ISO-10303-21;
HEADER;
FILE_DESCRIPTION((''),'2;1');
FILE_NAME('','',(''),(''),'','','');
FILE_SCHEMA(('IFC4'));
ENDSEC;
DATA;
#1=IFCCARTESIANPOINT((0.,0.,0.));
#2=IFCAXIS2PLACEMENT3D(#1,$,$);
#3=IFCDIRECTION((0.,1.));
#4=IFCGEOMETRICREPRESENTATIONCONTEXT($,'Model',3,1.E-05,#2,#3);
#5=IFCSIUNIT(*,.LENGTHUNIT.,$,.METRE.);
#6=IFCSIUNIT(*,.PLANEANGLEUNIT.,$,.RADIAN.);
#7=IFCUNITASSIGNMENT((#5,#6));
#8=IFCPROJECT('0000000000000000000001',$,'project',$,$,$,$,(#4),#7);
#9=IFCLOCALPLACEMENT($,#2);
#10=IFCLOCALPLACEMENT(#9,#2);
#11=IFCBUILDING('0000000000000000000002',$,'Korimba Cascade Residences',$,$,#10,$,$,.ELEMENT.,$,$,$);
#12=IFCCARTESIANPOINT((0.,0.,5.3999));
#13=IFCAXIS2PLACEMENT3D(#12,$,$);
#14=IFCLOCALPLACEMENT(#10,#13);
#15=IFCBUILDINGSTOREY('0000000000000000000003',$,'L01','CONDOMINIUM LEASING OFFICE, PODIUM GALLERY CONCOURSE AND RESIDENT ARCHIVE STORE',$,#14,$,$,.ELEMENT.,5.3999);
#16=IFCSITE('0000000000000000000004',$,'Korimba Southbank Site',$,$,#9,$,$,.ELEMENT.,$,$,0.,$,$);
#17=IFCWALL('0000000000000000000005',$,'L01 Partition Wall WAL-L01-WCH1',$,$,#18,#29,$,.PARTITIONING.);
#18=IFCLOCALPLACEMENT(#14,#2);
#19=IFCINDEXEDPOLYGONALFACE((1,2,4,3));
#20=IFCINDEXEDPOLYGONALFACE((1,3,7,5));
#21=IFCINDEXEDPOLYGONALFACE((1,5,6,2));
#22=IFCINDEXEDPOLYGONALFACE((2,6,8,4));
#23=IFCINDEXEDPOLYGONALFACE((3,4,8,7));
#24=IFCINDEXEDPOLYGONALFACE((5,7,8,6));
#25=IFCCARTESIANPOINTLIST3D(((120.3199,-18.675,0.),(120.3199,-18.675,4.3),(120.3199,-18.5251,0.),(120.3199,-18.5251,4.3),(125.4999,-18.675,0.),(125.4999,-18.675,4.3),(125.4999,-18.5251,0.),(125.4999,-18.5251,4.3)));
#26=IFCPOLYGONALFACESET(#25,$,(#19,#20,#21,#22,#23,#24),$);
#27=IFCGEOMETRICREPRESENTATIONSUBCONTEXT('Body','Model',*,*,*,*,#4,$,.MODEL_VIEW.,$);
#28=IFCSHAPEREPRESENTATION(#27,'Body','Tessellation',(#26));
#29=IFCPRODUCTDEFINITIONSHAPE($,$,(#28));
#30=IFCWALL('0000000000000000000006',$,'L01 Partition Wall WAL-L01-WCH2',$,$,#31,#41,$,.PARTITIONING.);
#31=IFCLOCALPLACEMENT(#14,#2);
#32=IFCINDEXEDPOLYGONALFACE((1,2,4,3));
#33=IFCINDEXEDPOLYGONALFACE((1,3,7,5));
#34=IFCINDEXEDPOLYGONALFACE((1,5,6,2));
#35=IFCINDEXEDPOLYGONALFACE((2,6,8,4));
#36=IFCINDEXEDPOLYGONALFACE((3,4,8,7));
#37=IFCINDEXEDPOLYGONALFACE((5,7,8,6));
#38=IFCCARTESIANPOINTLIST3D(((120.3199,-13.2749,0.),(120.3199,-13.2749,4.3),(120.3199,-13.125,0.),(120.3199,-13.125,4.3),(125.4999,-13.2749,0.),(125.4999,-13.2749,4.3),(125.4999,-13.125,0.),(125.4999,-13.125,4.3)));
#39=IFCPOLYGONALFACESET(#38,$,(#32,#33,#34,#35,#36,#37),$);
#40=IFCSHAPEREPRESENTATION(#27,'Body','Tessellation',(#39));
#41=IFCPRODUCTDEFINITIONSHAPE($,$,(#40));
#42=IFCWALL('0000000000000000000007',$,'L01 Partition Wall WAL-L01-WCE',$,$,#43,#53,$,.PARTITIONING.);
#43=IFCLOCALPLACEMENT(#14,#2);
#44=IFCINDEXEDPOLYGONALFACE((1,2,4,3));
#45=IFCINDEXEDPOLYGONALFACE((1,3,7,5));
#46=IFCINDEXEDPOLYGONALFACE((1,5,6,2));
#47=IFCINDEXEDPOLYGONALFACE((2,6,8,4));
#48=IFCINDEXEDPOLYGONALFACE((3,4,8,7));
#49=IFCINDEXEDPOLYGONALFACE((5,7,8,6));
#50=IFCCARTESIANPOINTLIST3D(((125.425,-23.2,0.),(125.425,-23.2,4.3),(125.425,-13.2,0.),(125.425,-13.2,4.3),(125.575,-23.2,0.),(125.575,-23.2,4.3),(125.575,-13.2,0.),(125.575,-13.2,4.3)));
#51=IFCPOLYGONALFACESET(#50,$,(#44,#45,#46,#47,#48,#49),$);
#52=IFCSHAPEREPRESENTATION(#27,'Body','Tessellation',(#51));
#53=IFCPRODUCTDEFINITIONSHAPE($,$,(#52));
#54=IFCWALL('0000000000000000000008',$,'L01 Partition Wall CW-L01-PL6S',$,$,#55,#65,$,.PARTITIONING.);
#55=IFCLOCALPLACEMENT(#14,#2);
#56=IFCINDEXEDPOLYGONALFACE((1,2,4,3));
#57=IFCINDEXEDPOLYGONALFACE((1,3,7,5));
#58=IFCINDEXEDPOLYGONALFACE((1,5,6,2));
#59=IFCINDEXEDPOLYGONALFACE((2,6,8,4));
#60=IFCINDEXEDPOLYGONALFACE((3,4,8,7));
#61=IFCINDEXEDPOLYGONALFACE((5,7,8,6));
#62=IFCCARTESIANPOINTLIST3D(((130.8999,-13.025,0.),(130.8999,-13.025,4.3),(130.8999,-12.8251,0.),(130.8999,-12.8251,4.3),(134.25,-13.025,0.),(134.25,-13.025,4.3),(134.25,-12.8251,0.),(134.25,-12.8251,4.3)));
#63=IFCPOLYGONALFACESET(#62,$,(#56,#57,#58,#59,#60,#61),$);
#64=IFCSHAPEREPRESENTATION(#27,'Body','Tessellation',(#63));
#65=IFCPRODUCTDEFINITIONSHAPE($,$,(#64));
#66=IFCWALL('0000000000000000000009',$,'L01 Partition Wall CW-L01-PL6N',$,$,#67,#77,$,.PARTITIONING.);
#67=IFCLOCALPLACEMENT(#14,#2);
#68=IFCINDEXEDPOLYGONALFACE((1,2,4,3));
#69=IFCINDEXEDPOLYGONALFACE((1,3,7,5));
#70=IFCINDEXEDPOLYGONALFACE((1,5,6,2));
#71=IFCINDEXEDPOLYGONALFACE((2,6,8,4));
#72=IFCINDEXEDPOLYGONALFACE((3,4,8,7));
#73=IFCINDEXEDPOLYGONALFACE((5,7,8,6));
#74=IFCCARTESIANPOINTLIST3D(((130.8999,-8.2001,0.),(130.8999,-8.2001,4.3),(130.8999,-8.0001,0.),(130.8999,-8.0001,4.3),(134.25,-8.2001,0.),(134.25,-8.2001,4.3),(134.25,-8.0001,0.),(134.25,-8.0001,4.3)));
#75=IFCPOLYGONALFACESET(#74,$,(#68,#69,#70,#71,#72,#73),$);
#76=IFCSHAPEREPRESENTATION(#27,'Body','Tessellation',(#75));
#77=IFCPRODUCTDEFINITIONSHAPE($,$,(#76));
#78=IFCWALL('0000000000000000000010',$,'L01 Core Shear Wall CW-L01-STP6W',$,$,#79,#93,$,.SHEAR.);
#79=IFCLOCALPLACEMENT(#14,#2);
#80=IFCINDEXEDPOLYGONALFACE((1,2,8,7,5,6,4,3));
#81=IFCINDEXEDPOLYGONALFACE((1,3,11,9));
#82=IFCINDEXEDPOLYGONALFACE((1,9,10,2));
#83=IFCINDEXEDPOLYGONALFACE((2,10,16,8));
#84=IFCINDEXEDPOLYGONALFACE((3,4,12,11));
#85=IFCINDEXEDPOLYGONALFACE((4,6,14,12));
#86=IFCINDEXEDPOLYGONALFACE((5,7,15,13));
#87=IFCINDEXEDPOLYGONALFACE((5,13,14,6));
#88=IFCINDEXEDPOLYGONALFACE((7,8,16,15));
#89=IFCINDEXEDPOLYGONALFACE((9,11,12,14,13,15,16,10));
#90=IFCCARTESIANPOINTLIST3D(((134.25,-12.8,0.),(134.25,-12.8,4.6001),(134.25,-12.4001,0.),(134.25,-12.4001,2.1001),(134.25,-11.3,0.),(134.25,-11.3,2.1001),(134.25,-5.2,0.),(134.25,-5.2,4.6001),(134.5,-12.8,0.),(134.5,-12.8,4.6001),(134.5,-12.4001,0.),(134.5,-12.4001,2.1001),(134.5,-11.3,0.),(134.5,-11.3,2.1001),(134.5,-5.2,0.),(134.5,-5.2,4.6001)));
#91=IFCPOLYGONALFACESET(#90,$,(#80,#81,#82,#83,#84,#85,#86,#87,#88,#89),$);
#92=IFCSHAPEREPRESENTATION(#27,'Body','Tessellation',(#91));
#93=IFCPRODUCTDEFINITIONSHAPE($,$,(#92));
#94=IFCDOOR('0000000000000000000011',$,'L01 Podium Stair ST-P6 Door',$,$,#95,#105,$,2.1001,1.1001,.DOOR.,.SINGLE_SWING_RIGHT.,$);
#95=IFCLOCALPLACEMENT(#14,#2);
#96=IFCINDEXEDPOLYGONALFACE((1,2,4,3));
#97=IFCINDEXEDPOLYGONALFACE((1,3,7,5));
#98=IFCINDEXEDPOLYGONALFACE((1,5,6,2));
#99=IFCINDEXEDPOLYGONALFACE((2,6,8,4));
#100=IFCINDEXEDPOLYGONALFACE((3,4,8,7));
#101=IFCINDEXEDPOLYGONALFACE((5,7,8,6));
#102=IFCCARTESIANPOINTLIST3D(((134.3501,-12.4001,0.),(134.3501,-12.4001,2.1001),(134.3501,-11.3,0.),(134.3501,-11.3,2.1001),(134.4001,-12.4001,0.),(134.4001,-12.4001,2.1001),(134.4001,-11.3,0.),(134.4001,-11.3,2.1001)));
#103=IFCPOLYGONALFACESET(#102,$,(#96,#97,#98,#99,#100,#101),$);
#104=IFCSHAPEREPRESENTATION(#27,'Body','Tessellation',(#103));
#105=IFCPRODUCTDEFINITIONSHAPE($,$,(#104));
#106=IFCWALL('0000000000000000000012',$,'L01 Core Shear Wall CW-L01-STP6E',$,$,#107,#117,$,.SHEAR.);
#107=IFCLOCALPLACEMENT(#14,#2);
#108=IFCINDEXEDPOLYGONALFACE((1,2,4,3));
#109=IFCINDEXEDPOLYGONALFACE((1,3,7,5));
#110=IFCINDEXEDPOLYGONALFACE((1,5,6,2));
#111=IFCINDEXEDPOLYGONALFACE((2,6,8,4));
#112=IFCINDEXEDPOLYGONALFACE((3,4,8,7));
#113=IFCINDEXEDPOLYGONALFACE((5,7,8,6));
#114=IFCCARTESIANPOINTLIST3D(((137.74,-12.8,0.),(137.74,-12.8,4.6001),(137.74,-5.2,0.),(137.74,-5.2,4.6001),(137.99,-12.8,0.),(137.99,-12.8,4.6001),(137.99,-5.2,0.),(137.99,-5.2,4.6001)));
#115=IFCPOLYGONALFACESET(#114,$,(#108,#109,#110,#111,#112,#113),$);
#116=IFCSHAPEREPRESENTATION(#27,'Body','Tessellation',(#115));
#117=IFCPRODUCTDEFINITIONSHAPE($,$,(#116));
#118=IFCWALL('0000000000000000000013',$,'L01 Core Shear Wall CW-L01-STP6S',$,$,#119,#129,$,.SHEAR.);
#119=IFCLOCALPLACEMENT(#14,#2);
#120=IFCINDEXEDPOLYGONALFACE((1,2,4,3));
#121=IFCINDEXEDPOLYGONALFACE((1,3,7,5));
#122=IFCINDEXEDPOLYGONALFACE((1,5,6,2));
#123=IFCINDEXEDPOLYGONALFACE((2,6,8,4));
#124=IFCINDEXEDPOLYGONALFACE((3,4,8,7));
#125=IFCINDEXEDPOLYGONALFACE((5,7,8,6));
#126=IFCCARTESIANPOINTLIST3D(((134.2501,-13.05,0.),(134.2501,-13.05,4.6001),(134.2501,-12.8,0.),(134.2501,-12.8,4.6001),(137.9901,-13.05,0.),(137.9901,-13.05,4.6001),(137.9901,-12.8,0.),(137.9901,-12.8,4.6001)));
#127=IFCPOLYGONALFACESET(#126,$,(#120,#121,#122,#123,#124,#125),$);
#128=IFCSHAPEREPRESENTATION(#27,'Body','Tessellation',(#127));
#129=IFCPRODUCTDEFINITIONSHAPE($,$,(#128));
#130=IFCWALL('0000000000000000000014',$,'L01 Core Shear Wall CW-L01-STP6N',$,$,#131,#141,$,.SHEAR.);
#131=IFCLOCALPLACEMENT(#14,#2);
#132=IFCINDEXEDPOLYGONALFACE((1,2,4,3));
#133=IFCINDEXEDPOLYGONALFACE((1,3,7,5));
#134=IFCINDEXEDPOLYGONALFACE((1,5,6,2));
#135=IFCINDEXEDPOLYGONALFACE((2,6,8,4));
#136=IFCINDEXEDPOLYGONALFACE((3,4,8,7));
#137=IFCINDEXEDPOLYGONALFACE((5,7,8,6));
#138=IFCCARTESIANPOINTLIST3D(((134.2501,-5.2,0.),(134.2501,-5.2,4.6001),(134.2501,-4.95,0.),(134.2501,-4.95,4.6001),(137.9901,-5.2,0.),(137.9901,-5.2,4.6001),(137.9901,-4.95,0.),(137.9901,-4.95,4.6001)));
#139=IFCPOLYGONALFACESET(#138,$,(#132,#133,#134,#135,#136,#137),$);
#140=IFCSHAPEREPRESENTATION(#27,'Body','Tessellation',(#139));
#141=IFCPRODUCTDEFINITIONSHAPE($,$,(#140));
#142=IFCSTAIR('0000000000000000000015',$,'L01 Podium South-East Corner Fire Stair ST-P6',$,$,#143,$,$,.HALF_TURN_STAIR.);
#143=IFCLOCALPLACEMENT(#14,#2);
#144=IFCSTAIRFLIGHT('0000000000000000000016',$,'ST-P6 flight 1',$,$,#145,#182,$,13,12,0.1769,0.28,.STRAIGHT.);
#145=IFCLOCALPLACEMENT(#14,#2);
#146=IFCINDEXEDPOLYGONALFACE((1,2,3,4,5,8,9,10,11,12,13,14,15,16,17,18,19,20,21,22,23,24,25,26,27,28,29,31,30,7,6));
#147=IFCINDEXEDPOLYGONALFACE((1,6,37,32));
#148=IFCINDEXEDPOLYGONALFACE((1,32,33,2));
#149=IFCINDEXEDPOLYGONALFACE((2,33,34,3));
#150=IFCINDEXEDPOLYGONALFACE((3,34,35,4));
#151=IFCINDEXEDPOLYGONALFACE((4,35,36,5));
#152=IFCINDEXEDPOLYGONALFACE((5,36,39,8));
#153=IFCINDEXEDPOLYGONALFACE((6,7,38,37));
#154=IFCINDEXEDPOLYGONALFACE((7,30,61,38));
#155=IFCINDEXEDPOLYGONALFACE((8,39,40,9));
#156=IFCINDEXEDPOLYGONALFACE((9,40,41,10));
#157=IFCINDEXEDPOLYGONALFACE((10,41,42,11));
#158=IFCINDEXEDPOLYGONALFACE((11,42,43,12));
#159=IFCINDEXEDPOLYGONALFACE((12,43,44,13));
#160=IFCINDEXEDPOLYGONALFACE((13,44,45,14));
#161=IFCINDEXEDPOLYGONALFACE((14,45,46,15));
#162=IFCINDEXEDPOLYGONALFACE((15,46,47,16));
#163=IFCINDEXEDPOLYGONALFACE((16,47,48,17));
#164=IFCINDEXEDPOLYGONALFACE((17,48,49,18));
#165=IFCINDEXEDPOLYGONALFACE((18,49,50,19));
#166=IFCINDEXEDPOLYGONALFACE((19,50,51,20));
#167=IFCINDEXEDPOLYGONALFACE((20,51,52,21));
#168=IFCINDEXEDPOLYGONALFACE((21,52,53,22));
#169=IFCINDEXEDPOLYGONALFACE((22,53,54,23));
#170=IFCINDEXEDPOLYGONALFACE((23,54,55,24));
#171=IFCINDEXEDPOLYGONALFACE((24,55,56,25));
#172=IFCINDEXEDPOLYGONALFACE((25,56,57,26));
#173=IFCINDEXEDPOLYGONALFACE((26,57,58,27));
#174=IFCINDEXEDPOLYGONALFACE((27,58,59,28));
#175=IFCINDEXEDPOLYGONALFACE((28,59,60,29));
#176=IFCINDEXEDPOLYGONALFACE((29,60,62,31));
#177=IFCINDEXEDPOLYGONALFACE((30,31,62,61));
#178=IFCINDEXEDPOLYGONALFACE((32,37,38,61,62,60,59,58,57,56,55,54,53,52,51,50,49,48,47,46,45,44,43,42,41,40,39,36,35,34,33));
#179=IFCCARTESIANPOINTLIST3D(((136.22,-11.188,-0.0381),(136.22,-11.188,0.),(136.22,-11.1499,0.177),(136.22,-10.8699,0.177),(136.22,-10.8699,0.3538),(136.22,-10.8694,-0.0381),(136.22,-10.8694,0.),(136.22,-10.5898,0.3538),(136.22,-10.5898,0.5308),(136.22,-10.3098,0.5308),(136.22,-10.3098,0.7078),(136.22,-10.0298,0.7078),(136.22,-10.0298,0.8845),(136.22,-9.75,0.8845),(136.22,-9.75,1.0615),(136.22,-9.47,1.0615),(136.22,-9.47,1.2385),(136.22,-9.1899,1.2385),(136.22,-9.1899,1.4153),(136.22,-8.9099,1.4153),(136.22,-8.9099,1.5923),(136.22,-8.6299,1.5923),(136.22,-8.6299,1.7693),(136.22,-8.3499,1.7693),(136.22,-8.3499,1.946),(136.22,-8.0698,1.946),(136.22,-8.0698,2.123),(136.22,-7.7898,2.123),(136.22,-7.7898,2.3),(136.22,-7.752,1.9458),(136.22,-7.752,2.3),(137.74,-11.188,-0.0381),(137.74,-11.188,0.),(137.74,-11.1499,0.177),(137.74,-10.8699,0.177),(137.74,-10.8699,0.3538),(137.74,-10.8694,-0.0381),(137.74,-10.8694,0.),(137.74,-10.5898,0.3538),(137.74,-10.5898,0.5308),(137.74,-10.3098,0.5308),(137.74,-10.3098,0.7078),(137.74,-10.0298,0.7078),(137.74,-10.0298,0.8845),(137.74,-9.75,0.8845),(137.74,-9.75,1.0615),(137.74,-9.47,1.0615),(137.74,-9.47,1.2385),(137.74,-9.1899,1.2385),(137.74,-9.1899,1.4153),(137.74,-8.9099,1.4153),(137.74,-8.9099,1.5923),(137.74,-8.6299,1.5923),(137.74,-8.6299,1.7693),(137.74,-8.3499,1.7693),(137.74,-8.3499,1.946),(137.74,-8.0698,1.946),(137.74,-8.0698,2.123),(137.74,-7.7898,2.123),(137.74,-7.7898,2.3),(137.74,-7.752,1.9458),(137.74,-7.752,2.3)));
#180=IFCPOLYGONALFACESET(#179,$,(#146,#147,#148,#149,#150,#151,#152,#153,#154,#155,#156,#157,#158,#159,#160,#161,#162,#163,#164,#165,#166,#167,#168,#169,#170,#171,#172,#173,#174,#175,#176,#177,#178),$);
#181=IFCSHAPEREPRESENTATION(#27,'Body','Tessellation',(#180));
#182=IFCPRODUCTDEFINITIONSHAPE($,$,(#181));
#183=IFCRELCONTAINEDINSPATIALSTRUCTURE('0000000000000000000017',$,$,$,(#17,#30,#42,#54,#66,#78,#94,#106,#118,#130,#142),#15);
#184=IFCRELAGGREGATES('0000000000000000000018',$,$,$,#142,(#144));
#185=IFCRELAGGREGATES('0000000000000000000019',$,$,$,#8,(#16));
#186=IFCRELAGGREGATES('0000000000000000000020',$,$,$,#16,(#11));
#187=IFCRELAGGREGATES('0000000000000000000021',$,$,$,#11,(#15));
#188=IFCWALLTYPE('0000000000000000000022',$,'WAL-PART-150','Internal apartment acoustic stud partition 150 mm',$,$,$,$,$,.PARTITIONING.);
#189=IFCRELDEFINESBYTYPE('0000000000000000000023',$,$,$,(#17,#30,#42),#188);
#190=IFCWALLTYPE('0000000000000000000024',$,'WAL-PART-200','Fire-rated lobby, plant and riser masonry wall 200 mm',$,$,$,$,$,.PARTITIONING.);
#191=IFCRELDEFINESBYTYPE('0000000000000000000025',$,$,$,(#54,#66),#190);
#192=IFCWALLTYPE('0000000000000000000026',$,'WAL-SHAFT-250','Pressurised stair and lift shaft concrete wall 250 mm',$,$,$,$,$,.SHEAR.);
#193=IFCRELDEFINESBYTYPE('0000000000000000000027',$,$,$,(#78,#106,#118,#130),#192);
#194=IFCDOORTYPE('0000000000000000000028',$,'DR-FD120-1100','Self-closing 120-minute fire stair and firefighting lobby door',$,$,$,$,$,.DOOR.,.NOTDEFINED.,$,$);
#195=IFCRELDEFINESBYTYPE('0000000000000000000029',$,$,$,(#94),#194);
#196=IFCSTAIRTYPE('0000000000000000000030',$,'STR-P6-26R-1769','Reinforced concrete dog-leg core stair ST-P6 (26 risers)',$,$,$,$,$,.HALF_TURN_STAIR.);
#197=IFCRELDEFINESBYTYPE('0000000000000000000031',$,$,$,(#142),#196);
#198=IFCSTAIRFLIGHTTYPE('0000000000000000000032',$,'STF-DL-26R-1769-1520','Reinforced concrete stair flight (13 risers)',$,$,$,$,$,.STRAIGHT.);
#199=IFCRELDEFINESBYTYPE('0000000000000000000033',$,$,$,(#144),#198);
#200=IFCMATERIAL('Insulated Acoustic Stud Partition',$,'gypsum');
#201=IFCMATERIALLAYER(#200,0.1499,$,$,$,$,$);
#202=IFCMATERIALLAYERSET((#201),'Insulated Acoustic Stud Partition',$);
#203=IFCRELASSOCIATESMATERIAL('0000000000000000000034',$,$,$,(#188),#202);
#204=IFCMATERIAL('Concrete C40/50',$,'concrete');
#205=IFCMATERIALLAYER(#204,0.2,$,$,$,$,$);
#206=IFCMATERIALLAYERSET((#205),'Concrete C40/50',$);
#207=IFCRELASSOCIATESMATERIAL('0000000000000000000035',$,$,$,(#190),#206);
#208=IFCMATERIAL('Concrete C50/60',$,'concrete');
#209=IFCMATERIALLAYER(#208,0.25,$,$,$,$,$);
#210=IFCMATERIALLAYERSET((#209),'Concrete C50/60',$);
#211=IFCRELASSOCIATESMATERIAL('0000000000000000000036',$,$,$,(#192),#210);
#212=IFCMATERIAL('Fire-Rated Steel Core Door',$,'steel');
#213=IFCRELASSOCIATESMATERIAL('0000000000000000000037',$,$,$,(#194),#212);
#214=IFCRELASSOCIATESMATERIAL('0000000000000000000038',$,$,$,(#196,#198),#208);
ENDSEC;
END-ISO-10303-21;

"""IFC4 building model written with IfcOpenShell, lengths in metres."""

from ifc_helpers import new_model, si_unit, direction, frame, frame_2d, origin, place, context, subcontext, project, spatial, polyline, rectangle, outline, extrude, material, layer, layer_set, type_object, element, fill, aggregate, save


model = new_model("IFC4")

# Units and contexts
model_context = context("Model", 3, precision=1e-05, world=origin(), true_north=direction((0.0, 1.0)))
body_context = subcontext(model_context, "Body", "Model", "MODEL_VIEW")
ifc_project = project(units=[si_unit("LENGTHUNIT", "METRE"), si_unit("PLANEANGLEUNIT", "RADIAN")], contexts=[model_context])

# Site, building, storey
site_placement = place(None, origin())
site = spatial("IfcSite", under=ifc_project, at=site_placement, Name="Korimba Southbank Site", CompositionType="ELEMENT", RefElevation=0.0)
building_placement = place(site_placement, origin())
building = spatial("IfcBuilding", under=site, at=building_placement, Name="Korimba Cascade Residences", CompositionType="ELEMENT")
storey_placement = place(building_placement, frame((0.0, 0.0, 5.3999)))
storey = spatial("IfcBuildingStorey", under=building, at=storey_placement, Name="L01", Description="CONDOMINIUM LEASING OFFICE, PODIUM GALLERY CONCOURSE AND RESIDENT ARCHIVE STORE", CompositionType="ELEMENT", Elevation=5.3999)

# Shared definitions
ifc_material_1 = material(Name="Concrete C50/60", Category="concrete")

# Walls
ifc_material_2 = material(Name="Insulated Acoustic Stud Partition", Category="gypsum")
ifc_layer_1 = layer(ifc_material_2, 0.1499)
ifc_layer_set_1 = layer_set([ifc_layer_1], Name="Insulated Acoustic Stud Partition")
wall_type_1 = type_object("IfcWallType", Name="WAL-PART-150", Description="Internal apartment acoustic stud partition 150 mm", PredefinedType="PARTITIONING", material=ifc_layer_set_1)
for number, where, z_axis, x_axis, name in (
    (1, (120.3201, -18.6001, 0.0), (0.0, 0.0, 1.0), (1.0, 0.0, 0.0), "L01 Partition Wall WAL-L01-WCH1"),
    (2, (120.3201, -13.2, 0.0), (0.0, 0.0, 1.0), (1.0, 0.0, 0.0), "L01 Partition Wall WAL-L01-WCH2"),
):
    element("IfcWall", number, at=place(storey_placement, frame(where, z_axis=z_axis, x_axis=x_axis)), inside=storey, type_object=wall_type_1, Name=name, PredefinedType="PARTITIONING", context=body_context, shape_type="SweptSolid", body=[
        extrude(rectangle(XDim=5.1799, YDim=0.1499, at=frame_2d((2.5898, 0.0))), origin(), (0.0, 0.0, 1.0), 4.3),
    ])
wall_1_placement = place(storey_placement, frame((125.5, -23.2, 0.0), z_axis=(0.0, 0.0, 1.0), x_axis=(0.0, 1.0, 0.0)))
element("IfcWall", 3, at=wall_1_placement, inside=storey, type_object=wall_type_1, Name="L01 Partition Wall WAL-L01-WCE", PredefinedType="PARTITIONING", context=body_context, shape_type="SweptSolid", body=[
    extrude(rectangle(XDim=10.0, YDim=0.1499, at=frame_2d((5.0, 0.0))), origin(), (0.0, 0.0, 1.0), 4.3),
])

# Shared definitions
ifc_material_3 = material(Name="Concrete C40/50", Category="concrete")
ifc_layer_2 = layer(ifc_material_3, 0.2)
ifc_layer_set_2 = layer_set([ifc_layer_2], Name="Concrete C40/50")
wall_type_2 = type_object("IfcWallType", Name="WAL-PART-200", Description="Fire-rated lobby, plant and riser masonry wall 200 mm", PredefinedType="PARTITIONING", material=ifc_layer_set_2)

# Walls
for number, where, z_axis, x_axis, name in (
    (4, (130.8999, -12.925, 0.0), (0.0, 0.0, 1.0), (1.0, 0.0, 0.0), "L01 Partition Wall CW-L01-PL6S"),
    (5, (130.8999, -8.1001, 0.0), (0.0, 0.0, 1.0), (1.0, 0.0, 0.0), "L01 Partition Wall CW-L01-PL6N"),
):
    element("IfcWall", number, at=place(storey_placement, frame(where, z_axis=z_axis, x_axis=x_axis)), inside=storey, type_object=wall_type_2, Name=name, PredefinedType="PARTITIONING", context=body_context, shape_type="SweptSolid", body=[
        extrude(rectangle(XDim=3.3501, YDim=0.2, at=frame_2d((1.675, 0.0))), origin(), (0.0, 0.0, 1.0), 4.3),
    ])

# Wall, opening, door
ifc_layer_3 = layer(ifc_material_1, 0.25)
ifc_layer_set_3 = layer_set([ifc_layer_3], Name="Concrete C50/60")
wall_type_3 = type_object("IfcWallType", Name="WAL-SHAFT-250", Description="Pressurised stair and lift shaft concrete wall 250 mm", PredefinedType="SHEAR", material=ifc_layer_set_3)
wall_2_placement = place(storey_placement, frame((134.375, -12.8, 0.0), z_axis=(0.0, 0.0, 1.0), x_axis=(0.0, 1.0, 0.0)))
wall_2 = element("IfcWall", 6, at=wall_2_placement, inside=storey, type_object=wall_type_3, Name="L01 Core Shear Wall CW-L01-STP6W", PredefinedType="SHEAR", context=body_context, shape_type="SweptSolid", body=[
    extrude(rectangle(XDim=7.6001, YDim=0.25, at=frame_2d((3.8, 0.0))), origin(), (0.0, 0.0, 1.0), 4.6001),
])
opening_1_placement = place(wall_2_placement, frame((0.3999, 0.0, 0.0)))
opening_1 = element("IfcOpeningElement", 7, at=opening_1_placement, cuts=wall_2, PredefinedType="OPENING", context=body_context, shape_type="SweptSolid", body=[
    extrude(rectangle(XDim=1.1001, YDim=2.1001, at=frame_2d((0.55, 1.05))), frame((0.0, 0.135, 0.0), z_axis=(0.0, -1.0, 0.0), x_axis=(1.0, 0.0, 0.0)), (0.0, 0.0, 1.0), 0.27),
])
ifc_material_4 = material(Name="Fire-Rated Steel Core Door", Category="steel")
door_type_1 = type_object("IfcDoorType", Name="DR-FD120-1100", Description="Self-closing 120-minute fire stair and firefighting lobby door", OperationType="NOTDEFINED", PredefinedType="DOOR", material=ifc_material_4)
door_1_placement = place(opening_1_placement, origin())
door_1 = element("IfcDoor", 8, at=door_1_placement, inside=storey, type_object=door_type_1, Name="L01 Podium Stair ST-P6 Door", OperationType="SINGLE_SWING_RIGHT", OverallHeight=2.1001, OverallWidth=1.1001, PredefinedType="DOOR", context=body_context, shape_type="SweptSolid", body=[
    extrude(rectangle(XDim=1.1001, YDim=2.1001, at=frame_2d((0.55, 1.05))), frame((0.0, 0.0249, 0.0), z_axis=(0.0, -1.0, 0.0), x_axis=(1.0, 0.0, 0.0)), (0.0, 0.0, 1.0), 0.05),
])
fill(opening_1, door_1)

# Walls
wall_3_placement = place(storey_placement, frame((137.865, -12.8, 0.0), z_axis=(0.0, 0.0, 1.0), x_axis=(0.0, 1.0, 0.0)))
element("IfcWall", 9, at=wall_3_placement, inside=storey, type_object=wall_type_3, Name="L01 Core Shear Wall CW-L01-STP6E", PredefinedType="SHEAR", context=body_context, shape_type="SweptSolid", body=[
    extrude(rectangle(XDim=7.6001, YDim=0.25, at=frame_2d((3.8, 0.0))), origin(), (0.0, 0.0, 1.0), 4.6001),
])
for number, where, z_axis, x_axis, name in (
    (10, (134.25, -12.925, 0.0), (0.0, 0.0, 1.0), (1.0, 0.0, 0.0), "L01 Core Shear Wall CW-L01-STP6S"),
    (11, (134.25, -5.075, 0.0), (0.0, 0.0, 1.0), (1.0, 0.0, 0.0), "L01 Core Shear Wall CW-L01-STP6N"),
):
    element("IfcWall", number, at=place(storey_placement, frame(where, z_axis=z_axis, x_axis=x_axis)), inside=storey, type_object=wall_type_3, Name=name, PredefinedType="SHEAR", context=body_context, shape_type="SweptSolid", body=[
        extrude(rectangle(XDim=3.74, YDim=0.25, at=frame_2d((1.8701, 0.0))), origin(), (0.0, 0.0, 1.0), 4.6001),
    ])

# Stair, stair flight
stair_type = type_object("IfcStairType", Name="STR-P6-26R-1769", Description="Reinforced concrete dog-leg core stair ST-P6 (26 risers)", PredefinedType="HALF_TURN_STAIR", material=ifc_material_1)
stair_placement = place(storey_placement, origin())
stair = element("IfcStair", 12, at=stair_placement, inside=storey, type_object=stair_type, Name="L01 Podium South-East Corner Fire Stair ST-P6", PredefinedType="HALF_TURN_STAIR")
stair_flight_type = type_object("IfcStairFlightType", Name="STF-DL-26R-1769-1520", Description="Reinforced concrete stair flight (13 risers)", PredefinedType="STRAIGHT", material=ifc_material_1)
stair_flight_1_placement = place(storey_placement, frame((136.98, -11.1499, 0.0), z_axis=(0.0, 0.0, 1.0), x_axis=(0.0, 1.0, 0.0)))
stair_flight_1 = element("IfcStairFlight", 13, at=stair_flight_1_placement, type_object=stair_flight_type, Name="ST-P6 flight 1", NumberOfRisers=13, NumberOfTreads=12, PredefinedType="STRAIGHT", RiserHeight=0.1769, TreadLength=0.28, context=body_context, shape_type="SweptSolid", body=[
    extrude(outline(polyline([(-0.0381, 0.0), (0.0, 0.177), (0.28, 0.177), (0.28, 0.3538), (0.5601, 0.3538), (0.5601, 0.5308), (0.8401, 0.5308), (0.8401, 0.7078), (1.1201, 0.7078), (1.1201, 0.8845), (1.3999, 0.8845), (1.3999, 1.0615), (1.6799, 1.0615), (1.6799, 1.2385), (1.96, 1.2385), (1.96, 1.4153), (2.24, 1.4153), (2.24, 1.5923), (2.52, 1.5923), (2.52, 1.7693), (2.8, 1.7693), (2.8, 1.946), (3.0801, 1.946), (3.0801, 2.123), (3.3601, 2.123), (3.3601, 2.3), (3.3979, 2.3), (3.3979, 1.9458), (0.2805, 0.0), (0.2805, -0.0381), (-0.0381, -0.0381), (-0.0381, 0.0)])), frame((0.0, 0.76, 0.0), z_axis=(0.0, -1.0, 0.0), x_axis=(1.0, 0.0, 0.0)), (0.0, 0.0, 1.0), 1.52),
])
aggregate(stair, [stair_flight_1])

save(model, "model.ifc")
